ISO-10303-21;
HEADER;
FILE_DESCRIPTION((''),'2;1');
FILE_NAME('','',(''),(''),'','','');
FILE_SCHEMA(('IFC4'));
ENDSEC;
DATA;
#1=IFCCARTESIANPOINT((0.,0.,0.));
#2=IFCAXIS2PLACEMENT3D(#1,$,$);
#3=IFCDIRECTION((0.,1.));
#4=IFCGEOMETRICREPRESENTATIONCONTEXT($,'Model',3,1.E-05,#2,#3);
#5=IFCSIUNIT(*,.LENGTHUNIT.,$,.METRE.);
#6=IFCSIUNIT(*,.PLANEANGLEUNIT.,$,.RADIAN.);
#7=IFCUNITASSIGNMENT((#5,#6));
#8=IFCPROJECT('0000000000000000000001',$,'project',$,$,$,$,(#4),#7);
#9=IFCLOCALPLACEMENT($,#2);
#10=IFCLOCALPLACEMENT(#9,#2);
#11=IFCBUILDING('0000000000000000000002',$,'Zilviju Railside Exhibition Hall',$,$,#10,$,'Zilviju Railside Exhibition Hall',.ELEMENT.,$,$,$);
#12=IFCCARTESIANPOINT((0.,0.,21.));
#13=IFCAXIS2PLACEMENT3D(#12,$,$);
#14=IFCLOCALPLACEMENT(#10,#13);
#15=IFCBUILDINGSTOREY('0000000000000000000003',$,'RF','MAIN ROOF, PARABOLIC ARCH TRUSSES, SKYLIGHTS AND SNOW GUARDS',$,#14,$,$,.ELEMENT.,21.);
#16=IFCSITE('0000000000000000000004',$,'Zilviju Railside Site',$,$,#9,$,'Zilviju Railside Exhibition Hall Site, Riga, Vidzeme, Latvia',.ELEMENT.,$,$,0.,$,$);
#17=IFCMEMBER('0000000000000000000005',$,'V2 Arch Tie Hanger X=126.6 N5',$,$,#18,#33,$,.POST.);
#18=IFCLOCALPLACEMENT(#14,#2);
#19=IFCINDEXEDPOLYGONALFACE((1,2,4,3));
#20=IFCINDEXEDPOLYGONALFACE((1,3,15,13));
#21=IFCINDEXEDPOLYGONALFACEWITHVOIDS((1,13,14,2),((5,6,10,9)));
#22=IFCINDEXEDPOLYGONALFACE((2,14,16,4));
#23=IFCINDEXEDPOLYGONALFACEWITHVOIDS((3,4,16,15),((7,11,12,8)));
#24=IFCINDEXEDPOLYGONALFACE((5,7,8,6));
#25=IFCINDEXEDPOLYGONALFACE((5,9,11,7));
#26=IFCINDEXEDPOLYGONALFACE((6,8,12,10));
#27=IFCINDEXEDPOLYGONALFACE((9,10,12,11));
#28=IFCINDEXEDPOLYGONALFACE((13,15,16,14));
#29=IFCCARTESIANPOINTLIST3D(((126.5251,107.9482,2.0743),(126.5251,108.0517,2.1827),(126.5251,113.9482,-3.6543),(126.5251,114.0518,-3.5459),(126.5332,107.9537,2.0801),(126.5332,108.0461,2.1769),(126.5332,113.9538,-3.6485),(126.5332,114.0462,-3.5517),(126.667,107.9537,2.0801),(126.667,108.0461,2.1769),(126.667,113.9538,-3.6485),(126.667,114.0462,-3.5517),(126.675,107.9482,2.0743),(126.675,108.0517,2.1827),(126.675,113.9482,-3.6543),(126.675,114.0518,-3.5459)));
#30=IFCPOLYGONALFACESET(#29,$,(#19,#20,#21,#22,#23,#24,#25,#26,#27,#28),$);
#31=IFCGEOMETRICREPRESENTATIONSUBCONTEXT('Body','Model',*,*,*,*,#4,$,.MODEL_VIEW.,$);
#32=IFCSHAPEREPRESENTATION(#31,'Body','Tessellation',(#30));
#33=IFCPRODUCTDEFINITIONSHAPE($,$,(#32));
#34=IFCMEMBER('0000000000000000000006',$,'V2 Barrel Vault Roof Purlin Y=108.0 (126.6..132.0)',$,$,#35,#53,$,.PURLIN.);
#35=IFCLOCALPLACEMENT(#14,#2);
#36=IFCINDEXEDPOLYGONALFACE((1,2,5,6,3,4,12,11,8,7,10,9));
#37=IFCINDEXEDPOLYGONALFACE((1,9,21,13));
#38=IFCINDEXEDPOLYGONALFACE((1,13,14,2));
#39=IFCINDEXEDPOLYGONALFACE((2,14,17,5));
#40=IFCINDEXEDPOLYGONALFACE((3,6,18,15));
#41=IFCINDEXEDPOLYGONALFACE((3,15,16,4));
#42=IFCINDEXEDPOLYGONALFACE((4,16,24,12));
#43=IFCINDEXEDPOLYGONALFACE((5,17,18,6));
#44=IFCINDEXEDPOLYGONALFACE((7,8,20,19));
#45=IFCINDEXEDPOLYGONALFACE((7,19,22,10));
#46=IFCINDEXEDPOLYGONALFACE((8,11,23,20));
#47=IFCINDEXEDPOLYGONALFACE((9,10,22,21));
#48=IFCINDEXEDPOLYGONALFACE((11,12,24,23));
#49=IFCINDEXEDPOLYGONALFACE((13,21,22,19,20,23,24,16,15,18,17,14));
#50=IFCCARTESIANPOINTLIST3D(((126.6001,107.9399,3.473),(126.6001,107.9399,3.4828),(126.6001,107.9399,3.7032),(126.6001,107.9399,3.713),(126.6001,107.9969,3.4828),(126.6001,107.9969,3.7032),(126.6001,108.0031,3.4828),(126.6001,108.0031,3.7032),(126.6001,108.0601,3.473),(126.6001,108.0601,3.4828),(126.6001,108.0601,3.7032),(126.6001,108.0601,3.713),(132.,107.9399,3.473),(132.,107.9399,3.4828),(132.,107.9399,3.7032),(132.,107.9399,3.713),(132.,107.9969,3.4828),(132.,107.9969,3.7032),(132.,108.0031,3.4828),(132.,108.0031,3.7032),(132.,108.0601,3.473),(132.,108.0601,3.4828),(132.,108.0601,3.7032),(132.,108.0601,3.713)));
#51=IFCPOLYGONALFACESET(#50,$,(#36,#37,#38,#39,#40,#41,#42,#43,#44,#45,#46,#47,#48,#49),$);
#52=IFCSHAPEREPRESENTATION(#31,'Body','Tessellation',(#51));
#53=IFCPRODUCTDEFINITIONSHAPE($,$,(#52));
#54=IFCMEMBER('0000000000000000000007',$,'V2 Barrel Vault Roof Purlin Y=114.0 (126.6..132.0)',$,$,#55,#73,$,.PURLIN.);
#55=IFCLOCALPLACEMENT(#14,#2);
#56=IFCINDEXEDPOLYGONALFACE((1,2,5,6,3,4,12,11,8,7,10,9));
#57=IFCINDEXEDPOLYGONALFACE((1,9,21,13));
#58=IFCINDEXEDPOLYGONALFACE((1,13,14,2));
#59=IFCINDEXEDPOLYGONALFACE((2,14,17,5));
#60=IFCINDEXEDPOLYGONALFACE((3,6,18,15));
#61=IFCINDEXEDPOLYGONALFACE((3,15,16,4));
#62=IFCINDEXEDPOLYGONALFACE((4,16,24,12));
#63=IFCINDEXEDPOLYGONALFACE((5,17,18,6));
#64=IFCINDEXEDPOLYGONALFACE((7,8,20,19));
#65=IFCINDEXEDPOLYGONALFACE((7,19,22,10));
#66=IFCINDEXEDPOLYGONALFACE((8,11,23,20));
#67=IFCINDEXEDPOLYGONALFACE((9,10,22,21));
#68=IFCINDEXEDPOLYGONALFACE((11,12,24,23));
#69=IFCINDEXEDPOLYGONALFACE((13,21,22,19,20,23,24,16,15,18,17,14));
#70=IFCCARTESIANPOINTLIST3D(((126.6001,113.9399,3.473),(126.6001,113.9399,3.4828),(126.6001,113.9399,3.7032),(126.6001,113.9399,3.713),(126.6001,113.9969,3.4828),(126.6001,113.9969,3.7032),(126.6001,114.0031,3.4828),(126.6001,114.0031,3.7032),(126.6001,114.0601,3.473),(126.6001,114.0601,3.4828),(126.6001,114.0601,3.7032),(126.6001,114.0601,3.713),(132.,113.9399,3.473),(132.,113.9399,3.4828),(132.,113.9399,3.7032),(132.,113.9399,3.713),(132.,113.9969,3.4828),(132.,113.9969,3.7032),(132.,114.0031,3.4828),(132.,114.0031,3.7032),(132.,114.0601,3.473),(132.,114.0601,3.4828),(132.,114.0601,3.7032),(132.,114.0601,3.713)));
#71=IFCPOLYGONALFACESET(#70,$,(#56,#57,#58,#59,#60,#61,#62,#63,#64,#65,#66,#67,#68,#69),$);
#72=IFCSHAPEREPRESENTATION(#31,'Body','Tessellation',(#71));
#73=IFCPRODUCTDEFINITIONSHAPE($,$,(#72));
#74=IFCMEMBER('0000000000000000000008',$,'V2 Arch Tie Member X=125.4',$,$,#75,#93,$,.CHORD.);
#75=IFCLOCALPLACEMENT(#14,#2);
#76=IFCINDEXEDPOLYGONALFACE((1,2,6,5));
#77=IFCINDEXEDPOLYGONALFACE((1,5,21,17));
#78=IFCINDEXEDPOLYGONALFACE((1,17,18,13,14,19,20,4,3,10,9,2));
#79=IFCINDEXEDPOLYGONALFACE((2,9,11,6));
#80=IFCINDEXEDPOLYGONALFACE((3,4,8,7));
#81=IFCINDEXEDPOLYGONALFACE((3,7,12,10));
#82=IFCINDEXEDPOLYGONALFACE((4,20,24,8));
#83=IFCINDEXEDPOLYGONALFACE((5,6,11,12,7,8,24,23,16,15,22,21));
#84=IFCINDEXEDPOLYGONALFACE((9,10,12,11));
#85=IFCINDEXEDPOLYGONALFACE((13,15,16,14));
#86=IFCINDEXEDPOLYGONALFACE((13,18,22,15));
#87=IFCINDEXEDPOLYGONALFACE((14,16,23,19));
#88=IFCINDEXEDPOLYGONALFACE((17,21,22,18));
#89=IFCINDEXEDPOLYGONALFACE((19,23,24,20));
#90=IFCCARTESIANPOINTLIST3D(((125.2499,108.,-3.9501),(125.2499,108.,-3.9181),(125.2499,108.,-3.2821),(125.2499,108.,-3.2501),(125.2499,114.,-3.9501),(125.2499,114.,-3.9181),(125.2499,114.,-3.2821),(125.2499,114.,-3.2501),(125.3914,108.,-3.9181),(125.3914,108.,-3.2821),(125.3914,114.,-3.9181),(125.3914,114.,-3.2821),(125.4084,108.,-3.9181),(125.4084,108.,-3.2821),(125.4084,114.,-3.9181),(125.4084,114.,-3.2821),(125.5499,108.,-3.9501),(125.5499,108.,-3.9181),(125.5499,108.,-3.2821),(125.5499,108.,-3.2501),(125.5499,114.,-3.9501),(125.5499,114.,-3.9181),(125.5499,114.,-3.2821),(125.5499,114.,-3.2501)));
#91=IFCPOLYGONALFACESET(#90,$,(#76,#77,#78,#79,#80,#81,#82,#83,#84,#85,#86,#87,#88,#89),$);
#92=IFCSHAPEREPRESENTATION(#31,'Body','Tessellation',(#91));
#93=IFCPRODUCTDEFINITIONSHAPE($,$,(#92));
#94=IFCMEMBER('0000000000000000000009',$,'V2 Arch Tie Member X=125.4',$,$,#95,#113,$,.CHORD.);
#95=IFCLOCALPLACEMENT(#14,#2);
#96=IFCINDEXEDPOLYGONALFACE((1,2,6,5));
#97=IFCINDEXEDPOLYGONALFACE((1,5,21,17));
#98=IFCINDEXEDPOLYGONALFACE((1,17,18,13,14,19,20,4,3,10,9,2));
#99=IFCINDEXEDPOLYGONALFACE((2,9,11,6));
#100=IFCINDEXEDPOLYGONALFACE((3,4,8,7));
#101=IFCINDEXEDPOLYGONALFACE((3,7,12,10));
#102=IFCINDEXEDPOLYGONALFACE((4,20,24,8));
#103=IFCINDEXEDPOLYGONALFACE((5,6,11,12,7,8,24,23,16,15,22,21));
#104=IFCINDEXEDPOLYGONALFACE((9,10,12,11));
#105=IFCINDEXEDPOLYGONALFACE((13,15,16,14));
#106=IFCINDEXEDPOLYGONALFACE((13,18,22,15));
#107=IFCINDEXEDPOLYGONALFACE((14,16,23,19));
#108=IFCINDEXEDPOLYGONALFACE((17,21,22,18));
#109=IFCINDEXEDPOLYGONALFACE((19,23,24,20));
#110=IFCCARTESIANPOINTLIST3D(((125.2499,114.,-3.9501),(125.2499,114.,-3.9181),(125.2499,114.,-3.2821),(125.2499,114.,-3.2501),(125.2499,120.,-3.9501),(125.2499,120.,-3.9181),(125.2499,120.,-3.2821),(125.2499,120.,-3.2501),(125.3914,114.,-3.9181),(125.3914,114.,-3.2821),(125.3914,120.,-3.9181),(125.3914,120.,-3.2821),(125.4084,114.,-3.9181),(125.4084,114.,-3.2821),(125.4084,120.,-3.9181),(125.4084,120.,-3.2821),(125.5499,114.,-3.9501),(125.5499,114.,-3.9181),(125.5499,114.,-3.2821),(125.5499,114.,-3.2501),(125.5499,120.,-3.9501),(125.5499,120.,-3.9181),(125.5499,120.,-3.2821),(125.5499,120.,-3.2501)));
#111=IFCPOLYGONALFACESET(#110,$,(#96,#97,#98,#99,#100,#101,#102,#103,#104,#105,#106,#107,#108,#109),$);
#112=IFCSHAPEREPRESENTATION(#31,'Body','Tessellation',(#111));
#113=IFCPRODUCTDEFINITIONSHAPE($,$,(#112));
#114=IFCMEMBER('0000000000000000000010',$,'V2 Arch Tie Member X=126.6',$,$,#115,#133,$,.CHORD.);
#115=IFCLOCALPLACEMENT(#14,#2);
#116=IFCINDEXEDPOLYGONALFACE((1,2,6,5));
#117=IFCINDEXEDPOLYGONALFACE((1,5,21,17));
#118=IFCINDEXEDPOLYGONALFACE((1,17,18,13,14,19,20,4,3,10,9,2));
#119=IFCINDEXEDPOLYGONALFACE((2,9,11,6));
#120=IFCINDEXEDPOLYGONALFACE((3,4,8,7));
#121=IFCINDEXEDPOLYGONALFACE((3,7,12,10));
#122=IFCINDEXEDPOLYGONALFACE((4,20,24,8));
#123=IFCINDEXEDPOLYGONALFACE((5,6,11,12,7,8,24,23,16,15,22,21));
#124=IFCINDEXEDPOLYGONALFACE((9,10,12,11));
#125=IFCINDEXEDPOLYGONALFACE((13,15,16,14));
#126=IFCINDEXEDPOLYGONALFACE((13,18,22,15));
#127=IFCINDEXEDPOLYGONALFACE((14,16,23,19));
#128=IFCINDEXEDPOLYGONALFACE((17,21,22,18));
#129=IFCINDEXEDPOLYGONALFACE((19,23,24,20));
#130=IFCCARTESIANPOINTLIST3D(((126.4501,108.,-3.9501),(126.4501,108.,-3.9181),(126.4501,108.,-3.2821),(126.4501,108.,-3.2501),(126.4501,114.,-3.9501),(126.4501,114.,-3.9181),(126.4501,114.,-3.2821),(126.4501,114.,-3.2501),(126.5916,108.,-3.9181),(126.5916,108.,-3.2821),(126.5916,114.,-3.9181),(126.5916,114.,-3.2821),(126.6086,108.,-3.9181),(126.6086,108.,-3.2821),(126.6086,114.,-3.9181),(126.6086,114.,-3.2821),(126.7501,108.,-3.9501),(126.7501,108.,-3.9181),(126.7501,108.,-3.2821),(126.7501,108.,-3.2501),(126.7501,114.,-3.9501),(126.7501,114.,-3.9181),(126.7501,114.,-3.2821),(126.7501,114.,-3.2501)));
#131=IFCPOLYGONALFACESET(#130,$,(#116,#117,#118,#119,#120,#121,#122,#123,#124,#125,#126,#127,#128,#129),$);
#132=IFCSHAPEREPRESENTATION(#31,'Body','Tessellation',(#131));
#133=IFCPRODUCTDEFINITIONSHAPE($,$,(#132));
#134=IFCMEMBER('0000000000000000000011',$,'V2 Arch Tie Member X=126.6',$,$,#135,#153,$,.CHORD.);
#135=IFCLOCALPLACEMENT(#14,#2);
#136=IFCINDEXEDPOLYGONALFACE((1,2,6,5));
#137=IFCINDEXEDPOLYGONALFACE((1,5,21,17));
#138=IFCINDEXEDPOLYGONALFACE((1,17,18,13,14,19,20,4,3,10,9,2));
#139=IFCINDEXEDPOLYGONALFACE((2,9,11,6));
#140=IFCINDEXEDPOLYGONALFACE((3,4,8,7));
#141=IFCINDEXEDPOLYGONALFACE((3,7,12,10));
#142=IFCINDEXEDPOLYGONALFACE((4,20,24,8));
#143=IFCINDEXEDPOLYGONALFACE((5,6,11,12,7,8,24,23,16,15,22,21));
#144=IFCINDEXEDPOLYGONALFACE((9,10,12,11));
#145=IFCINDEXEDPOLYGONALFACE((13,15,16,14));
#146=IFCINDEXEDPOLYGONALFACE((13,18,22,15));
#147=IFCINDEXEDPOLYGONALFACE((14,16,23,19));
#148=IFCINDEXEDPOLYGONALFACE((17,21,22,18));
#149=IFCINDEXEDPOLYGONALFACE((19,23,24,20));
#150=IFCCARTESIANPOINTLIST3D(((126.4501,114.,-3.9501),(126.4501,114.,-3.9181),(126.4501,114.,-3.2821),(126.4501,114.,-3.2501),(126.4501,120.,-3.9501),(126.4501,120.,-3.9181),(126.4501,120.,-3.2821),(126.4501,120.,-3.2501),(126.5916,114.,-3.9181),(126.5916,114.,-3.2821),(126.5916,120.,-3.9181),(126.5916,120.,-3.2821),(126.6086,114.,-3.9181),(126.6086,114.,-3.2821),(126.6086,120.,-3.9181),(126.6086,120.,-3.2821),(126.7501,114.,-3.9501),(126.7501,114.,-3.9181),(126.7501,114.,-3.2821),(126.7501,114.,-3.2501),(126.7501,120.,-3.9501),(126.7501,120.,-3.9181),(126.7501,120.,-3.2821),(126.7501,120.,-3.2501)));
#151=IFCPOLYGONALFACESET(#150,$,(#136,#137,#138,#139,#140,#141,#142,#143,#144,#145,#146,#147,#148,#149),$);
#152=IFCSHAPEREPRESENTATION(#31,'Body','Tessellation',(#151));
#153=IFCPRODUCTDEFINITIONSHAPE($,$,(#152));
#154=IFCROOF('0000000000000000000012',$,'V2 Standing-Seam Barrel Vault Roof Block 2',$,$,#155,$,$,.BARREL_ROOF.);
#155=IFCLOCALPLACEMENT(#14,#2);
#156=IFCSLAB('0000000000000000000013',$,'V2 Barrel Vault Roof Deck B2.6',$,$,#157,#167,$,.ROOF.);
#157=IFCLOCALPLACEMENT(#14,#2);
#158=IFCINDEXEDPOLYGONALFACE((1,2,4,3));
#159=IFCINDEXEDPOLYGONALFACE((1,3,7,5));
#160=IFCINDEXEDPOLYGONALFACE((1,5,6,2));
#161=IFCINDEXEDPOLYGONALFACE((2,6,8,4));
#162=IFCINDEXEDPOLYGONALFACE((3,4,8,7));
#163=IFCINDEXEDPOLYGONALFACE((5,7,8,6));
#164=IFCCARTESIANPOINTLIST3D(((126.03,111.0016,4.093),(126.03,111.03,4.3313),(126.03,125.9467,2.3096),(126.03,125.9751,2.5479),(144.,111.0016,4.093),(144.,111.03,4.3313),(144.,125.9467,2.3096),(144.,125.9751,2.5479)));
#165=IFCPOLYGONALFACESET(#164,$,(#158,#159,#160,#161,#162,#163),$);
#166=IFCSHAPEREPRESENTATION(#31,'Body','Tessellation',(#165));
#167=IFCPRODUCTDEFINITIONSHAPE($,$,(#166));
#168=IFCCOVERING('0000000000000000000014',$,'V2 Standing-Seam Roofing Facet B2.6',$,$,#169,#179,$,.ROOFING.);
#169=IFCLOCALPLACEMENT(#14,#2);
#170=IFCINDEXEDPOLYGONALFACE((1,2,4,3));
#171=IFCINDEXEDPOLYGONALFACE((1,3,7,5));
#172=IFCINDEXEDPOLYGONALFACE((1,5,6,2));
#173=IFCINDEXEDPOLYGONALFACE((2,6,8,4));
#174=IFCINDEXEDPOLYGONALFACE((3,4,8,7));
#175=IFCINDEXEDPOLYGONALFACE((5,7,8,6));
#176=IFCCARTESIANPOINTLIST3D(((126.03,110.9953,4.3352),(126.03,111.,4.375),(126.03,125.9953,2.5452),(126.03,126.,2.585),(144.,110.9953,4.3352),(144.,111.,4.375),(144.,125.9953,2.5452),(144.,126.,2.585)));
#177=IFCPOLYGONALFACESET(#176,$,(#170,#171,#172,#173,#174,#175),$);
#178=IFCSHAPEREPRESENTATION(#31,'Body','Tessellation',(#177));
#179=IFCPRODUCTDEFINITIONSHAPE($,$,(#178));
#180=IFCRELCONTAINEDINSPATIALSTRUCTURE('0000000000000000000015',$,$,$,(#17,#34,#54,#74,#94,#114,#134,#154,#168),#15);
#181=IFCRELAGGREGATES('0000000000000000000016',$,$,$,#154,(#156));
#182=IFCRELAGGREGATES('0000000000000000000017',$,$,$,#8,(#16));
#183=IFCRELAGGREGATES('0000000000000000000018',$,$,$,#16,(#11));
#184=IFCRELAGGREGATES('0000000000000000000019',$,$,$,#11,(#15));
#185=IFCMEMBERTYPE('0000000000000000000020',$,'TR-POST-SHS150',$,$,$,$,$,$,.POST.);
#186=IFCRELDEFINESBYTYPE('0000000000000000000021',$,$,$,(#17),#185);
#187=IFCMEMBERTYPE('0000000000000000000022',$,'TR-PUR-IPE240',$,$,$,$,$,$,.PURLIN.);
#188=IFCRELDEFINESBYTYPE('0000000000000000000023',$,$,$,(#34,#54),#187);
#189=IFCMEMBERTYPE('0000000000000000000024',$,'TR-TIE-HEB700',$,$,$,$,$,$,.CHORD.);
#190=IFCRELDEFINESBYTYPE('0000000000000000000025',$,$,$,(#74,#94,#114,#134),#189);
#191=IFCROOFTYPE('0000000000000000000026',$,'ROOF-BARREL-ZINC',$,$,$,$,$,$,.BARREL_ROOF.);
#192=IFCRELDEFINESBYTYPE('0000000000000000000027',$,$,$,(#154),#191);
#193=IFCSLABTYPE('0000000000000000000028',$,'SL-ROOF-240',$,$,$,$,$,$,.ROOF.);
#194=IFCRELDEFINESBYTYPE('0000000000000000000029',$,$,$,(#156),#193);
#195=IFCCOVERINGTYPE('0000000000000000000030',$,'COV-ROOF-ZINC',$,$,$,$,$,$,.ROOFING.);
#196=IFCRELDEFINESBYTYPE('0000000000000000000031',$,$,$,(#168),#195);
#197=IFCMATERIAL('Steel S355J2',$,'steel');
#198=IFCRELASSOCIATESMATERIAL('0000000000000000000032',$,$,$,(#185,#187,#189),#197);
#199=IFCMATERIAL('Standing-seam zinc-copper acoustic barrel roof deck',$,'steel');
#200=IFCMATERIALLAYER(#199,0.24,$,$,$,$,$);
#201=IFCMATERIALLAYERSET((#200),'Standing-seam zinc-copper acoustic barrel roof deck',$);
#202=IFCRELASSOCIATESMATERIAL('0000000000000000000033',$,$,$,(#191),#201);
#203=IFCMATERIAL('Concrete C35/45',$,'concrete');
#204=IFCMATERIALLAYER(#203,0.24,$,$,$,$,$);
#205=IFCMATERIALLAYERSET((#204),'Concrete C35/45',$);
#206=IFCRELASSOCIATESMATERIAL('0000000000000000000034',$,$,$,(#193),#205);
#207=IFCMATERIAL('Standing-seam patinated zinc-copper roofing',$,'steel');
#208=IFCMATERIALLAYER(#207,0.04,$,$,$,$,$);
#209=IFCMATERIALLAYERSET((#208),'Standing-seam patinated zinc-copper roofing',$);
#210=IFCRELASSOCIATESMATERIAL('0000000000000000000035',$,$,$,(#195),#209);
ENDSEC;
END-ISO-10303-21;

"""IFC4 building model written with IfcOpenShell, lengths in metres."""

from ifc_helpers import new_model, si_unit, direction, frame, origin, origin_2d, place, context, subcontext, project, spatial, polyline, hollow_rectangle, i_section, outline, extrude, material, layer, layer_set, material_profile, profile_set, type_object, element, aggregate, save


model = new_model("IFC4")

# Units and contexts
model_context = context("Model", 3, precision=1e-05, world=origin(), true_north=direction((0.0, 1.0)))
body_context = subcontext(model_context, "Body", "Model", "MODEL_VIEW")
ifc_project = project(units=[si_unit("LENGTHUNIT", "METRE"), si_unit("PLANEANGLEUNIT", "RADIAN")], contexts=[model_context])

# Site, building, storey
site_placement = place(None, origin())
site = spatial("IfcSite", under=ifc_project, at=site_placement, Name="Zilviju Railside Site", LongName="Zilviju Railside Exhibition Hall Site, Riga, Vidzeme, Latvia", CompositionType="ELEMENT", RefElevation=0.0)
building_placement = place(site_placement, origin())
building = spatial("IfcBuilding", under=site, at=building_placement, Name="Zilviju Railside Exhibition Hall", LongName="Zilviju Railside Exhibition Hall", CompositionType="ELEMENT")
storey_placement = place(building_placement, frame((0.0, 0.0, 21.0)))
storey = spatial("IfcBuildingStorey", under=building, at=storey_placement, Name="RF", Description="MAIN ROOF, PARABOLIC ARCH TRUSSES, SKYLIGHTS AND SNOW GUARDS", CompositionType="ELEMENT", Elevation=21.0)

# Members
ifc_material_1 = material(Name="Steel S355J2", Category="steel")
ifc_material_profile_1 = material_profile(ifc_material_1, hollow_rectangle(XDim=0.1499, YDim=0.1499, WallThickness=0.0081, at=origin_2d()), Name="SHS 150x150x8.0")
ifc_profile_set_1 = profile_set([ifc_material_profile_1], Name="Steel S355J2")
member_type_1 = type_object("IfcMemberType", Name="TR-POST-SHS150", PredefinedType="POST", material=ifc_profile_set_1)
for number, where, z_axis, x_axis, name in (
    (1, (126.6001, 114.0, -3.6001), (0.0, -0.723281, 0.690554), (1.0, 0.0, 0.0), "V2 Arch Tie Hanger X=126.6 N5"),
):
    element("IfcMember", number, at=place(storey_placement, frame(where, z_axis=z_axis, x_axis=x_axis)), inside=storey, type_object=member_type_1, Name=name, PredefinedType="POST", context=body_context, shape_type="SweptSolid", body=[
        extrude(hollow_rectangle(XDim=0.1499, YDim=0.1499, WallThickness=0.0081, at=origin_2d()), origin(), (0.0, 0.0, 1.0), 8.2957),
    ])
ifc_material_profile_2 = material_profile(ifc_material_1, i_section(OverallWidth=0.1201, OverallDepth=0.24, WebThickness=0.0061, FlangeThickness=0.0098, at=origin_2d()), Name="IPE 240")
ifc_profile_set_2 = profile_set([ifc_material_profile_2], Name="Steel S355J2")
member_type_2 = type_object("IfcMemberType", Name="TR-PUR-IPE240", PredefinedType="PURLIN", material=ifc_profile_set_2)
for number, where, z_axis, x_axis, name in (
    (2, (126.6001, 108.0, 3.593), (1.0, 0.0, 0.0), (0.0, 1.0, 0.0), "V2 Barrel Vault Roof Purlin Y=108.0 (126.6..132.0)"),
    (3, (126.6001, 114.0, 3.593), (1.0, 0.0, 0.0), (0.0, 1.0, 0.0), "V2 Barrel Vault Roof Purlin Y=114.0 (126.6..132.0)"),
):
    element("IfcMember", number, at=place(storey_placement, frame(where, z_axis=z_axis, x_axis=x_axis)), inside=storey, type_object=member_type_2, Name=name, PredefinedType="PURLIN", context=body_context, shape_type="SweptSolid", body=[
        extrude(i_section(OverallWidth=0.1201, OverallDepth=0.24, WebThickness=0.0061, FlangeThickness=0.0098, at=origin_2d()), origin(), (0.0, 0.0, 1.0), 5.3999),
    ])
ifc_material_profile_3 = material_profile(ifc_material_1, i_section(OverallWidth=0.3, OverallDepth=0.7, WebThickness=0.0171, FlangeThickness=0.032, at=origin_2d()), Name="HEB 700")
ifc_profile_set_3 = profile_set([ifc_material_profile_3], Name="Steel S355J2")
member_type_3 = type_object("IfcMemberType", Name="TR-TIE-HEB700", PredefinedType="CHORD", material=ifc_profile_set_3)
for number, where, z_axis, x_axis, name in (
    (4, (125.3999, 108.0, -3.6001), (0.0, 1.0, 0.0), (-1.0, 0.0, 0.0), "V2 Arch Tie Member X=125.4"),
    (5, (125.3999, 114.0, -3.6001), (0.0, 1.0, 0.0), (-1.0, 0.0, 0.0), "V2 Arch Tie Member X=125.4"),
    (6, (126.6001, 108.0, -3.6001), (0.0, 1.0, 0.0), (-1.0, 0.0, 0.0), "V2 Arch Tie Member X=126.6"),
    (7, (126.6001, 114.0, -3.6001), (0.0, 1.0, 0.0), (-1.0, 0.0, 0.0), "V2 Arch Tie Member X=126.6"),
):
    element("IfcMember", number, at=place(storey_placement, frame(where, z_axis=z_axis, x_axis=x_axis)), inside=storey, type_object=member_type_3, Name=name, PredefinedType="CHORD", context=body_context, shape_type="SweptSolid", body=[
        extrude(i_section(OverallWidth=0.3, OverallDepth=0.7, WebThickness=0.0171, FlangeThickness=0.032, at=origin_2d()), origin(), (0.0, 0.0, 1.0), 6.0),
    ])

# Roof, slab
ifc_material_2 = material(Name="Standing-seam zinc-copper acoustic barrel roof deck", Category="steel")
ifc_layer_1 = layer(ifc_material_2, 0.24)
ifc_layer_set_1 = layer_set([ifc_layer_1], Name="Standing-seam zinc-copper acoustic barrel roof deck")
roof_type = type_object("IfcRoofType", Name="ROOF-BARREL-ZINC", PredefinedType="BARREL_ROOF", material=ifc_layer_set_1)
roof_placement = place(storey_placement, origin())
roof = element("IfcRoof", 8, at=roof_placement, inside=storey, type_object=roof_type, Name="V2 Standing-Seam Barrel Vault Roof Block 2", PredefinedType="BARREL_ROOF")
ifc_material_3 = material(Name="Concrete C35/45", Category="concrete")
ifc_layer_2 = layer(ifc_material_3, 0.24)
ifc_layer_set_2 = layer_set([ifc_layer_2], Name="Concrete C35/45")
slab_type = type_object("IfcSlabType", Name="SL-ROOF-240", PredefinedType="ROOF", material=ifc_layer_set_2)
slab_placement = place(storey_placement, frame((126.03, 111.03, 4.3313), z_axis=(0.0, 0.118493, 0.992955), x_axis=(1.0, 0.0, 0.0)))
slab = element("IfcSlab", 9, at=slab_placement, type_object=slab_type, Name="V2 Barrel Vault Roof Deck B2.6", PredefinedType="ROOF", context=body_context, shape_type="SweptSolid", body=[
    extrude(outline(polyline([(0.0, 0.0), (17.97, 0.0), (17.97, 15.0511), (0.0, 15.0511), (0.0, 0.0)])), origin(), (0.0, 0.0, -1.0), 0.24),
])
aggregate(roof, [slab])

# Covering
ifc_material_4 = material(Name="Standing-seam patinated zinc-copper roofing", Category="steel")
ifc_layer_3 = layer(ifc_material_4, 0.04)
ifc_layer_set_3 = layer_set([ifc_layer_3], Name="Standing-seam patinated zinc-copper roofing")
covering_type = type_object("IfcCoveringType", Name="COV-ROOF-ZINC", PredefinedType="ROOFING", material=ifc_layer_set_3)
covering_placement = place(storey_placement, frame((126.03, 111.0, 4.375), z_axis=(0.0, 0.118495, 0.992955), x_axis=(1.0, 0.0, 0.0)))
element("IfcCovering", 10, at=covering_placement, inside=storey, type_object=covering_type, Name="V2 Standing-Seam Roofing Facet B2.6", PredefinedType="ROOFING", context=body_context, shape_type="SweptSolid", body=[
    extrude(outline(polyline([(0.0, 0.0), (17.97, 0.0), (17.97, 15.1064), (0.0, 15.1064), (0.0, 0.0)])), origin(), (0.0, 0.0, -1.0), 0.04),
])

save(model, "model.ifc")
